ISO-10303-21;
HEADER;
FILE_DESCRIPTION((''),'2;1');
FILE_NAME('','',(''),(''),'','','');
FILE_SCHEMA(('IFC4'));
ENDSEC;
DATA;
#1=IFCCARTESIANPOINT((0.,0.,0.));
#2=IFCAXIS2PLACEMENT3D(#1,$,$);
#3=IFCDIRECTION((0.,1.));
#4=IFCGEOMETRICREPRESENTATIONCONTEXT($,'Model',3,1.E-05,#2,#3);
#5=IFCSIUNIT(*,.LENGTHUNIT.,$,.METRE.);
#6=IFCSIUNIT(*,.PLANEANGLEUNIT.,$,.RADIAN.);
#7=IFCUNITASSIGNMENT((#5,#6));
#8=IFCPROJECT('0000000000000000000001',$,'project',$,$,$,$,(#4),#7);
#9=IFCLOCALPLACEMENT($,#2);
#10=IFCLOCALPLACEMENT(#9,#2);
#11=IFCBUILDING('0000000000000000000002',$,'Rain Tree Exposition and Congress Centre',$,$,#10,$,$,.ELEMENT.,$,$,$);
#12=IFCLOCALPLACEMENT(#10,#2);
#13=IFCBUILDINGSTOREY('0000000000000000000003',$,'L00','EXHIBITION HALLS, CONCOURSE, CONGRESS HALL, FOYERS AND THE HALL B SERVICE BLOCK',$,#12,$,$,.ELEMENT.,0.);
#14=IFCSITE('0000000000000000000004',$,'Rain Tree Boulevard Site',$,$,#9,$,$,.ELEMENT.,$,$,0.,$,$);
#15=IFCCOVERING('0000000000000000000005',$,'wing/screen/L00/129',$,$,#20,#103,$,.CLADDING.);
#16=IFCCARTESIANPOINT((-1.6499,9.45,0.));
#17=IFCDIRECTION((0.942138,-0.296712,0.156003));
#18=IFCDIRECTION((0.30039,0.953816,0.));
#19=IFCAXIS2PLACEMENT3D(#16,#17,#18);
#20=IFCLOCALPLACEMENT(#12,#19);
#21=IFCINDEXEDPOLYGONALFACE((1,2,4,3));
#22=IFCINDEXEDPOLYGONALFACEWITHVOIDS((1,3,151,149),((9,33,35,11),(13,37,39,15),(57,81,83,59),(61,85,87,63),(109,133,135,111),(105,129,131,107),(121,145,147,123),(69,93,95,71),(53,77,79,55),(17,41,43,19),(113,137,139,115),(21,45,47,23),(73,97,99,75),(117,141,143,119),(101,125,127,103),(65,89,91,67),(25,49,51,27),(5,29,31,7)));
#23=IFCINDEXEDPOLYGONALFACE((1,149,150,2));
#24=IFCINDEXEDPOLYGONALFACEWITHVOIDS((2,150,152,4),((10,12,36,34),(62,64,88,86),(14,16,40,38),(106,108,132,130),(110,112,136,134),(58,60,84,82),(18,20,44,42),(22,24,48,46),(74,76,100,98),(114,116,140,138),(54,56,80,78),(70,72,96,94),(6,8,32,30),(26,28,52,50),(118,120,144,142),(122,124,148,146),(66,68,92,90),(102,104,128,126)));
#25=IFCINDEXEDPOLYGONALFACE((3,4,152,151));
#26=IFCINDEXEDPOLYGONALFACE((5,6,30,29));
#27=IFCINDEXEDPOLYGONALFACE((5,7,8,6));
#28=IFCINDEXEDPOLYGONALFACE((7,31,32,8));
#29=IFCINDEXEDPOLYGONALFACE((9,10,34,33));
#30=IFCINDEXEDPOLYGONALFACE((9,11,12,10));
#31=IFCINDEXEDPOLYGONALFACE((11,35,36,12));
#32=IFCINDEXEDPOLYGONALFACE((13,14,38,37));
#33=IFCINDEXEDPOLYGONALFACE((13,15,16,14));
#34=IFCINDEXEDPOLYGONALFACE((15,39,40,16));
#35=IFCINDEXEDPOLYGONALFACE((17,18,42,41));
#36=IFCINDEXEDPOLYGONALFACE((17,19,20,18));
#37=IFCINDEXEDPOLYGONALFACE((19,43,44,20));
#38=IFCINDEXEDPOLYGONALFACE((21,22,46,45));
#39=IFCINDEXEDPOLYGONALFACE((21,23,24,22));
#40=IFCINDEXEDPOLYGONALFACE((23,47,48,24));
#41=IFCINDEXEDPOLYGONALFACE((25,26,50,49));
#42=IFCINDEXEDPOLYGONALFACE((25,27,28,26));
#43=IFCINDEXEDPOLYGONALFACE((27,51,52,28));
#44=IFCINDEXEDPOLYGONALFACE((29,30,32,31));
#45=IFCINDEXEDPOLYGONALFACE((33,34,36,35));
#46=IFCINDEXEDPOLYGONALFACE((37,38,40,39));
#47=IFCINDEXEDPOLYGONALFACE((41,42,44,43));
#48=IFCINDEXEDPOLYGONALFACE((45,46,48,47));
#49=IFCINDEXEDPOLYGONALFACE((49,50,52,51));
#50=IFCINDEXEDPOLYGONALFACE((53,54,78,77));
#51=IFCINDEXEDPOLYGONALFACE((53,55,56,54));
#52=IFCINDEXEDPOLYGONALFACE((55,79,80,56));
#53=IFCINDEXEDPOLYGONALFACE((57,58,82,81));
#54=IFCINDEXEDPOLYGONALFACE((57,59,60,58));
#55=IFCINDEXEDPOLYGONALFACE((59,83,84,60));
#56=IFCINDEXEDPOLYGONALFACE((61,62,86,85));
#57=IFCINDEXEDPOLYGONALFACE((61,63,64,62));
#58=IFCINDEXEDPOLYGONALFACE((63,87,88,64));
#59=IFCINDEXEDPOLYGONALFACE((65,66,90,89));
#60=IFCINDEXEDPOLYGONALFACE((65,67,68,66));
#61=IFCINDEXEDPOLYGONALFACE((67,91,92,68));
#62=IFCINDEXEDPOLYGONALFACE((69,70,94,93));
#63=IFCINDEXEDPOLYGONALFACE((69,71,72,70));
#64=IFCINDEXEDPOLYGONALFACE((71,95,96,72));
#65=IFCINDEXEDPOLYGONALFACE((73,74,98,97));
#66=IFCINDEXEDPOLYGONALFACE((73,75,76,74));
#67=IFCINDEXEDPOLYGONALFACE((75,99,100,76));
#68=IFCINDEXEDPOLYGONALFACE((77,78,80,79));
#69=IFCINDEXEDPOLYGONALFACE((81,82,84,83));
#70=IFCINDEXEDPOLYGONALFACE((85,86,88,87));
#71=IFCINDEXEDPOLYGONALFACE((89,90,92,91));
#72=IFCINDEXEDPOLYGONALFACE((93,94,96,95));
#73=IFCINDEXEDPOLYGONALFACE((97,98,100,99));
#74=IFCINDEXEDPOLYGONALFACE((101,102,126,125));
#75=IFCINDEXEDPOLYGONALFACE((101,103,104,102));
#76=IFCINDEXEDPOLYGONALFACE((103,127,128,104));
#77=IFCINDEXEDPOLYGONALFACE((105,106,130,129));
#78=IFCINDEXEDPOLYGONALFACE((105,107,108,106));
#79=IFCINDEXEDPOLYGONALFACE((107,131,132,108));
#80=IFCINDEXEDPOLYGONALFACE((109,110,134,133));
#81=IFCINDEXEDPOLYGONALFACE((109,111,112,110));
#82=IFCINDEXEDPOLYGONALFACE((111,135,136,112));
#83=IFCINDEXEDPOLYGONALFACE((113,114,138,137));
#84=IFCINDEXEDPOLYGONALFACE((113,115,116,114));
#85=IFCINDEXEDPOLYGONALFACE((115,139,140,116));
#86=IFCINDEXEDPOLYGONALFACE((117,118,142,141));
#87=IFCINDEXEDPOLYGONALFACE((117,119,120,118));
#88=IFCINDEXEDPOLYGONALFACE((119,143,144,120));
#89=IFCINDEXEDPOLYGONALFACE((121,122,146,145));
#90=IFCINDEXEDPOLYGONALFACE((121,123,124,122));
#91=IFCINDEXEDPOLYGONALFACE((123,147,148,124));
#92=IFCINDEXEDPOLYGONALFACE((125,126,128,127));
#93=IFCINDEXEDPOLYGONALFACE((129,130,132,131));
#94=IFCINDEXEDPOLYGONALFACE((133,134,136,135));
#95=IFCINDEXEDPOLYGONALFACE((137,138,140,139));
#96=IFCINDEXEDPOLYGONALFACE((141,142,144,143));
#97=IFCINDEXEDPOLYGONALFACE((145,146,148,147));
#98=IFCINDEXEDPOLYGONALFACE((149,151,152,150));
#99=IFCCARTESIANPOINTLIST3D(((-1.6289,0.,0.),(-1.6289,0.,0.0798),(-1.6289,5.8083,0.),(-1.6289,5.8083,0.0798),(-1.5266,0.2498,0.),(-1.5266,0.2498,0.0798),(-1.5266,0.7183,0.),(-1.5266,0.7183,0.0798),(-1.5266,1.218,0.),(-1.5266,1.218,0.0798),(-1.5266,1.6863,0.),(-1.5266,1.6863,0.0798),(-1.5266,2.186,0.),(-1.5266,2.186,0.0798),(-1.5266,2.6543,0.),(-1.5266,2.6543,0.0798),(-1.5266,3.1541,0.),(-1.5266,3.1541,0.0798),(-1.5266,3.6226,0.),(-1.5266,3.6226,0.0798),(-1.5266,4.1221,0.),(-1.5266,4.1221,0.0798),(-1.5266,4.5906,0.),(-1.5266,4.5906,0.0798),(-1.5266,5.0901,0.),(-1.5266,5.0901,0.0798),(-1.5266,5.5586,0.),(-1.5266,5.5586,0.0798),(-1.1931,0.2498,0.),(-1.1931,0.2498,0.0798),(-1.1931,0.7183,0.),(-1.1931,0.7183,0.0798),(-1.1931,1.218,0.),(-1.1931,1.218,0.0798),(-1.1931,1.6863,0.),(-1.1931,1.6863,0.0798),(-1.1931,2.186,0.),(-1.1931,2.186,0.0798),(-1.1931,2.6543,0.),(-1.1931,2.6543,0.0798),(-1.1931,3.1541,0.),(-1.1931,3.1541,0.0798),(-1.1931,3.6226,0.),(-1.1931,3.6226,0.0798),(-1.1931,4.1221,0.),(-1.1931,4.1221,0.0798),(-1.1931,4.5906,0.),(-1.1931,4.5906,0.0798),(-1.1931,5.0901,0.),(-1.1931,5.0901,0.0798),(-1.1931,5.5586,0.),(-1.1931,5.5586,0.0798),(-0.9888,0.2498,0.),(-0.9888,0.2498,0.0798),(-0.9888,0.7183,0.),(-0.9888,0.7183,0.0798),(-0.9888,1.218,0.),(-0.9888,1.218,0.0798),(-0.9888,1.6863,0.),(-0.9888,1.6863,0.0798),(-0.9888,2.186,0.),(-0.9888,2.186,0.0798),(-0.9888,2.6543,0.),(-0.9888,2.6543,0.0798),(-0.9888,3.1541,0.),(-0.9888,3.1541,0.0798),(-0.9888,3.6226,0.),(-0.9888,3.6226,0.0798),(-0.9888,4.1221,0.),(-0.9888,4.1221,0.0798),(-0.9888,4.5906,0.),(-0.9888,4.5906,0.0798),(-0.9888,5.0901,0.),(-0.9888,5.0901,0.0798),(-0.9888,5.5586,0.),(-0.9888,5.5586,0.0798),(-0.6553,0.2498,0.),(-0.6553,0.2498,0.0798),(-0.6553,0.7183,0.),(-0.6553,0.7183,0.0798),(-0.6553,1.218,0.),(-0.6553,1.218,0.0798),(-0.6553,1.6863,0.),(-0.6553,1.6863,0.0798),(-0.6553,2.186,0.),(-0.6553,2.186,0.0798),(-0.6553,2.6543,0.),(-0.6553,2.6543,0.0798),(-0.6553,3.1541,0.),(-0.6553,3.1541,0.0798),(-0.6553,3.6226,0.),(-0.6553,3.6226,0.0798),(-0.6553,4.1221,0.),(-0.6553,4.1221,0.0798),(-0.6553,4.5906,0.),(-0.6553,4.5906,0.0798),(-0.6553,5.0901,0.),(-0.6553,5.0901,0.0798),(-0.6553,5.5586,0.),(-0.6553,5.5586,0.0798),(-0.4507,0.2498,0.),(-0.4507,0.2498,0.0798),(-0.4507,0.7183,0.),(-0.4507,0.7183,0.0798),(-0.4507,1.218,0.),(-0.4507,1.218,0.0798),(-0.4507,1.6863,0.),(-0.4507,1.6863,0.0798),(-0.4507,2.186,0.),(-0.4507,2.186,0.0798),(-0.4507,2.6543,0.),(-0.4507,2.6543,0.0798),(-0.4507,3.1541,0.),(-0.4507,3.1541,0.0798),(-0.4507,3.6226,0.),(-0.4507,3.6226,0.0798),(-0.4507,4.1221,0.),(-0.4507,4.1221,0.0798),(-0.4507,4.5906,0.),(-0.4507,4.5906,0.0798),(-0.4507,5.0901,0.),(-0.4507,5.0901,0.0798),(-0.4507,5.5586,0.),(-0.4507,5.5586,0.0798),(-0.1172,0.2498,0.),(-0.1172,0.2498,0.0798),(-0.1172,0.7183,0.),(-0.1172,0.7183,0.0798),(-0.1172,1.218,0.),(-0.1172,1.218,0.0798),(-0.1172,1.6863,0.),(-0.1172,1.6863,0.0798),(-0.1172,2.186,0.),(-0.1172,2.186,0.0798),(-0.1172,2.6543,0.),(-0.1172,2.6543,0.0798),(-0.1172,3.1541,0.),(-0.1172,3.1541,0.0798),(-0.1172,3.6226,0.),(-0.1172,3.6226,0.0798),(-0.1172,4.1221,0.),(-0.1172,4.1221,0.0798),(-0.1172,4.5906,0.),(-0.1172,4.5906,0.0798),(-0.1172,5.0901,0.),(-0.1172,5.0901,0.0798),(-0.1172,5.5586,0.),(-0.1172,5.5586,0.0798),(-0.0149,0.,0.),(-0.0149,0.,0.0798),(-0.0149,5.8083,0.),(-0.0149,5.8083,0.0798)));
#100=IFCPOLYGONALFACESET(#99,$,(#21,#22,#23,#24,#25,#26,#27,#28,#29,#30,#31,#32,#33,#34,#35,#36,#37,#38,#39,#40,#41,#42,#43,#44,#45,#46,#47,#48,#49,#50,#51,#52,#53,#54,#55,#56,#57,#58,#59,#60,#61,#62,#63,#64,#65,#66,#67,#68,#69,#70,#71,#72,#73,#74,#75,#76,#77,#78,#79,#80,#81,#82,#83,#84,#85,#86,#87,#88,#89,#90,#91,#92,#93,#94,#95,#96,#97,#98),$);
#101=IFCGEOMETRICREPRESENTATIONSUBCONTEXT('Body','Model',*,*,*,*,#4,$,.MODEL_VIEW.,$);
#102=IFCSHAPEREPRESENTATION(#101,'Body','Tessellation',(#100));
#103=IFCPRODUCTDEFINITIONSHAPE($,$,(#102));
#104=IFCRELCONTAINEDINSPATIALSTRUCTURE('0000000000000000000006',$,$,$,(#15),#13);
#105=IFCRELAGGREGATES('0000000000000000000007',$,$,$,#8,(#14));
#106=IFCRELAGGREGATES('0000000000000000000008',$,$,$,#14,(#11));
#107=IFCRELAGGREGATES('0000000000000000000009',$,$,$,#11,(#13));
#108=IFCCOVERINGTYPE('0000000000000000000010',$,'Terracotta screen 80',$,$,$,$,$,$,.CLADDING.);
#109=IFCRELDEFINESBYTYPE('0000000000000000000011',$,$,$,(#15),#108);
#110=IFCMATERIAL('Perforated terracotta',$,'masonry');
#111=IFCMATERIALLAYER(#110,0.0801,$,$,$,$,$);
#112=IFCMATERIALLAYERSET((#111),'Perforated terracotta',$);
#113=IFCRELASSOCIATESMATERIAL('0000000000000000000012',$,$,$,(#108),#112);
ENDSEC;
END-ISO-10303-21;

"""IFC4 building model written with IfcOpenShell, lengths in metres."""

from ifc_helpers import new_model, si_unit, direction, frame, origin, place, context, subcontext, project, spatial, polyline, outline, extrude, material, layer, layer_set, type_object, element, save


model = new_model("IFC4")

# Units and contexts
model_context = context("Model", 3, precision=1e-05, world=origin(), true_north=direction((0.0, 1.0)))
body_context = subcontext(model_context, "Body", "Model", "MODEL_VIEW")
ifc_project = project(units=[si_unit("LENGTHUNIT", "METRE"), si_unit("PLANEANGLEUNIT", "RADIAN")], contexts=[model_context])

# Site, building, storey
site_placement = place(None, origin())
site = spatial("IfcSite", under=ifc_project, at=site_placement, Name="Rain Tree Boulevard Site", CompositionType="ELEMENT", RefElevation=0.0)
building_placement = place(site_placement, origin())
building = spatial("IfcBuilding", under=site, at=building_placement, Name="Rain Tree Exposition and Congress Centre", CompositionType="ELEMENT")
storey_placement = place(building_placement, origin())
storey = spatial("IfcBuildingStorey", under=building, at=storey_placement, Name="L00", Description="EXHIBITION HALLS, CONCOURSE, CONGRESS HALL, FOYERS AND THE HALL B SERVICE BLOCK", CompositionType="ELEMENT", Elevation=0.0)

# Covering
ifc_material_1 = material(Name="Perforated terracotta", Category="masonry")
ifc_layer_1 = layer(ifc_material_1, 0.0801)
ifc_layer_set_1 = layer_set([ifc_layer_1], Name="Perforated terracotta")
covering_type = type_object("IfcCoveringType", Name="Terracotta screen 80", PredefinedType="CLADDING", material=ifc_layer_set_1)
covering_1_placement = place(storey_placement, frame((-1.6499, 9.45, 0.0), z_axis=(0.942138, -0.296712, 0.156003), x_axis=(0.30039, 0.953816, 0.0)))
element("IfcCovering", 1, at=covering_1_placement, inside=storey, type_object=covering_type, Name="wing/screen/L00/129", PredefinedType="CLADDING", context=body_context, shape_type="SweptSolid", body=[
    extrude(outline(polyline([(-1.6289, 0.0), (-1.6289, 5.8083), (-0.0149, 5.8083), (-0.0149, 0.0), (-1.6289, 0.0)]), holes=[polyline([(-0.1172, 0.2498), (-0.1172, 0.7183), (-0.4507, 0.7183), (-0.4507, 0.2498), (-0.1172, 0.2498)]), polyline([(-0.1172, 1.218), (-0.1172, 1.6863), (-0.4507, 1.6863), (-0.4507, 1.218), (-0.1172, 1.218)]), polyline([(-0.1172, 2.186), (-0.1172, 2.6543), (-0.4507, 2.6543), (-0.4507, 2.186), (-0.1172, 2.186)]), polyline([(-0.1172, 3.1541), (-0.1172, 3.6226), (-0.4507, 3.6226), (-0.4507, 3.1541), (-0.1172, 3.1541)]), polyline([(-0.1172, 4.1221), (-0.1172, 4.5906), (-0.4507, 4.5906), (-0.4507, 4.1221), (-0.1172, 4.1221)]), polyline([(-0.1172, 5.0901), (-0.1172, 5.5586), (-0.4507, 5.5586), (-0.4507, 5.0901), (-0.1172, 5.0901)]), polyline([(-0.6553, 0.2498), (-0.6553, 0.7183), (-0.9888, 0.7183), (-0.9888, 0.2498), (-0.6553, 0.2498)]), polyline([(-0.6553, 1.218), (-0.6553, 1.6863), (-0.9888, 1.6863), (-0.9888, 1.218), (-0.6553, 1.218)]), polyline([(-0.6553, 2.186), (-0.6553, 2.6543), (-0.9888, 2.6543), (-0.9888, 2.186), (-0.6553, 2.186)]), polyline([(-0.6553, 3.1541), (-0.6553, 3.6226), (-0.9888, 3.6226), (-0.9888, 3.1541), (-0.6553, 3.1541)]), polyline([(-0.6553, 4.1221), (-0.6553, 4.5906), (-0.9888, 4.5906), (-0.9888, 4.1221), (-0.6553, 4.1221)]), polyline([(-0.6553, 5.0901), (-0.6553, 5.5586), (-0.9888, 5.5586), (-0.9888, 5.0901), (-0.6553, 5.0901)]), polyline([(-1.1931, 0.2498), (-1.1931, 0.7183), (-1.5266, 0.7183), (-1.5266, 0.2498), (-1.1931, 0.2498)]), polyline([(-1.1931, 1.218), (-1.1931, 1.6863), (-1.5266, 1.6863), (-1.5266, 1.218), (-1.1931, 1.218)]), polyline([(-1.1931, 2.186), (-1.1931, 2.6543), (-1.5266, 2.6543), (-1.5266, 2.186), (-1.1931, 2.186)]), polyline([(-1.1931, 3.1541), (-1.1931, 3.6226), (-1.5266, 3.6226), (-1.5266, 3.1541), (-1.1931, 3.1541)]), polyline([(-1.1931, 4.1221), (-1.1931, 4.5906), (-1.5266, 4.5906), (-1.5266, 4.1221), (-1.1931, 4.1221)]), polyline([(-1.1931, 5.0901), (-1.1931, 5.5586), (-1.5266, 5.5586), (-1.5266, 5.0901), (-1.1931, 5.0901)])]), origin(), (0.0, 0.0, 1.0), 0.0798),
])

save(model, "model.ifc")
